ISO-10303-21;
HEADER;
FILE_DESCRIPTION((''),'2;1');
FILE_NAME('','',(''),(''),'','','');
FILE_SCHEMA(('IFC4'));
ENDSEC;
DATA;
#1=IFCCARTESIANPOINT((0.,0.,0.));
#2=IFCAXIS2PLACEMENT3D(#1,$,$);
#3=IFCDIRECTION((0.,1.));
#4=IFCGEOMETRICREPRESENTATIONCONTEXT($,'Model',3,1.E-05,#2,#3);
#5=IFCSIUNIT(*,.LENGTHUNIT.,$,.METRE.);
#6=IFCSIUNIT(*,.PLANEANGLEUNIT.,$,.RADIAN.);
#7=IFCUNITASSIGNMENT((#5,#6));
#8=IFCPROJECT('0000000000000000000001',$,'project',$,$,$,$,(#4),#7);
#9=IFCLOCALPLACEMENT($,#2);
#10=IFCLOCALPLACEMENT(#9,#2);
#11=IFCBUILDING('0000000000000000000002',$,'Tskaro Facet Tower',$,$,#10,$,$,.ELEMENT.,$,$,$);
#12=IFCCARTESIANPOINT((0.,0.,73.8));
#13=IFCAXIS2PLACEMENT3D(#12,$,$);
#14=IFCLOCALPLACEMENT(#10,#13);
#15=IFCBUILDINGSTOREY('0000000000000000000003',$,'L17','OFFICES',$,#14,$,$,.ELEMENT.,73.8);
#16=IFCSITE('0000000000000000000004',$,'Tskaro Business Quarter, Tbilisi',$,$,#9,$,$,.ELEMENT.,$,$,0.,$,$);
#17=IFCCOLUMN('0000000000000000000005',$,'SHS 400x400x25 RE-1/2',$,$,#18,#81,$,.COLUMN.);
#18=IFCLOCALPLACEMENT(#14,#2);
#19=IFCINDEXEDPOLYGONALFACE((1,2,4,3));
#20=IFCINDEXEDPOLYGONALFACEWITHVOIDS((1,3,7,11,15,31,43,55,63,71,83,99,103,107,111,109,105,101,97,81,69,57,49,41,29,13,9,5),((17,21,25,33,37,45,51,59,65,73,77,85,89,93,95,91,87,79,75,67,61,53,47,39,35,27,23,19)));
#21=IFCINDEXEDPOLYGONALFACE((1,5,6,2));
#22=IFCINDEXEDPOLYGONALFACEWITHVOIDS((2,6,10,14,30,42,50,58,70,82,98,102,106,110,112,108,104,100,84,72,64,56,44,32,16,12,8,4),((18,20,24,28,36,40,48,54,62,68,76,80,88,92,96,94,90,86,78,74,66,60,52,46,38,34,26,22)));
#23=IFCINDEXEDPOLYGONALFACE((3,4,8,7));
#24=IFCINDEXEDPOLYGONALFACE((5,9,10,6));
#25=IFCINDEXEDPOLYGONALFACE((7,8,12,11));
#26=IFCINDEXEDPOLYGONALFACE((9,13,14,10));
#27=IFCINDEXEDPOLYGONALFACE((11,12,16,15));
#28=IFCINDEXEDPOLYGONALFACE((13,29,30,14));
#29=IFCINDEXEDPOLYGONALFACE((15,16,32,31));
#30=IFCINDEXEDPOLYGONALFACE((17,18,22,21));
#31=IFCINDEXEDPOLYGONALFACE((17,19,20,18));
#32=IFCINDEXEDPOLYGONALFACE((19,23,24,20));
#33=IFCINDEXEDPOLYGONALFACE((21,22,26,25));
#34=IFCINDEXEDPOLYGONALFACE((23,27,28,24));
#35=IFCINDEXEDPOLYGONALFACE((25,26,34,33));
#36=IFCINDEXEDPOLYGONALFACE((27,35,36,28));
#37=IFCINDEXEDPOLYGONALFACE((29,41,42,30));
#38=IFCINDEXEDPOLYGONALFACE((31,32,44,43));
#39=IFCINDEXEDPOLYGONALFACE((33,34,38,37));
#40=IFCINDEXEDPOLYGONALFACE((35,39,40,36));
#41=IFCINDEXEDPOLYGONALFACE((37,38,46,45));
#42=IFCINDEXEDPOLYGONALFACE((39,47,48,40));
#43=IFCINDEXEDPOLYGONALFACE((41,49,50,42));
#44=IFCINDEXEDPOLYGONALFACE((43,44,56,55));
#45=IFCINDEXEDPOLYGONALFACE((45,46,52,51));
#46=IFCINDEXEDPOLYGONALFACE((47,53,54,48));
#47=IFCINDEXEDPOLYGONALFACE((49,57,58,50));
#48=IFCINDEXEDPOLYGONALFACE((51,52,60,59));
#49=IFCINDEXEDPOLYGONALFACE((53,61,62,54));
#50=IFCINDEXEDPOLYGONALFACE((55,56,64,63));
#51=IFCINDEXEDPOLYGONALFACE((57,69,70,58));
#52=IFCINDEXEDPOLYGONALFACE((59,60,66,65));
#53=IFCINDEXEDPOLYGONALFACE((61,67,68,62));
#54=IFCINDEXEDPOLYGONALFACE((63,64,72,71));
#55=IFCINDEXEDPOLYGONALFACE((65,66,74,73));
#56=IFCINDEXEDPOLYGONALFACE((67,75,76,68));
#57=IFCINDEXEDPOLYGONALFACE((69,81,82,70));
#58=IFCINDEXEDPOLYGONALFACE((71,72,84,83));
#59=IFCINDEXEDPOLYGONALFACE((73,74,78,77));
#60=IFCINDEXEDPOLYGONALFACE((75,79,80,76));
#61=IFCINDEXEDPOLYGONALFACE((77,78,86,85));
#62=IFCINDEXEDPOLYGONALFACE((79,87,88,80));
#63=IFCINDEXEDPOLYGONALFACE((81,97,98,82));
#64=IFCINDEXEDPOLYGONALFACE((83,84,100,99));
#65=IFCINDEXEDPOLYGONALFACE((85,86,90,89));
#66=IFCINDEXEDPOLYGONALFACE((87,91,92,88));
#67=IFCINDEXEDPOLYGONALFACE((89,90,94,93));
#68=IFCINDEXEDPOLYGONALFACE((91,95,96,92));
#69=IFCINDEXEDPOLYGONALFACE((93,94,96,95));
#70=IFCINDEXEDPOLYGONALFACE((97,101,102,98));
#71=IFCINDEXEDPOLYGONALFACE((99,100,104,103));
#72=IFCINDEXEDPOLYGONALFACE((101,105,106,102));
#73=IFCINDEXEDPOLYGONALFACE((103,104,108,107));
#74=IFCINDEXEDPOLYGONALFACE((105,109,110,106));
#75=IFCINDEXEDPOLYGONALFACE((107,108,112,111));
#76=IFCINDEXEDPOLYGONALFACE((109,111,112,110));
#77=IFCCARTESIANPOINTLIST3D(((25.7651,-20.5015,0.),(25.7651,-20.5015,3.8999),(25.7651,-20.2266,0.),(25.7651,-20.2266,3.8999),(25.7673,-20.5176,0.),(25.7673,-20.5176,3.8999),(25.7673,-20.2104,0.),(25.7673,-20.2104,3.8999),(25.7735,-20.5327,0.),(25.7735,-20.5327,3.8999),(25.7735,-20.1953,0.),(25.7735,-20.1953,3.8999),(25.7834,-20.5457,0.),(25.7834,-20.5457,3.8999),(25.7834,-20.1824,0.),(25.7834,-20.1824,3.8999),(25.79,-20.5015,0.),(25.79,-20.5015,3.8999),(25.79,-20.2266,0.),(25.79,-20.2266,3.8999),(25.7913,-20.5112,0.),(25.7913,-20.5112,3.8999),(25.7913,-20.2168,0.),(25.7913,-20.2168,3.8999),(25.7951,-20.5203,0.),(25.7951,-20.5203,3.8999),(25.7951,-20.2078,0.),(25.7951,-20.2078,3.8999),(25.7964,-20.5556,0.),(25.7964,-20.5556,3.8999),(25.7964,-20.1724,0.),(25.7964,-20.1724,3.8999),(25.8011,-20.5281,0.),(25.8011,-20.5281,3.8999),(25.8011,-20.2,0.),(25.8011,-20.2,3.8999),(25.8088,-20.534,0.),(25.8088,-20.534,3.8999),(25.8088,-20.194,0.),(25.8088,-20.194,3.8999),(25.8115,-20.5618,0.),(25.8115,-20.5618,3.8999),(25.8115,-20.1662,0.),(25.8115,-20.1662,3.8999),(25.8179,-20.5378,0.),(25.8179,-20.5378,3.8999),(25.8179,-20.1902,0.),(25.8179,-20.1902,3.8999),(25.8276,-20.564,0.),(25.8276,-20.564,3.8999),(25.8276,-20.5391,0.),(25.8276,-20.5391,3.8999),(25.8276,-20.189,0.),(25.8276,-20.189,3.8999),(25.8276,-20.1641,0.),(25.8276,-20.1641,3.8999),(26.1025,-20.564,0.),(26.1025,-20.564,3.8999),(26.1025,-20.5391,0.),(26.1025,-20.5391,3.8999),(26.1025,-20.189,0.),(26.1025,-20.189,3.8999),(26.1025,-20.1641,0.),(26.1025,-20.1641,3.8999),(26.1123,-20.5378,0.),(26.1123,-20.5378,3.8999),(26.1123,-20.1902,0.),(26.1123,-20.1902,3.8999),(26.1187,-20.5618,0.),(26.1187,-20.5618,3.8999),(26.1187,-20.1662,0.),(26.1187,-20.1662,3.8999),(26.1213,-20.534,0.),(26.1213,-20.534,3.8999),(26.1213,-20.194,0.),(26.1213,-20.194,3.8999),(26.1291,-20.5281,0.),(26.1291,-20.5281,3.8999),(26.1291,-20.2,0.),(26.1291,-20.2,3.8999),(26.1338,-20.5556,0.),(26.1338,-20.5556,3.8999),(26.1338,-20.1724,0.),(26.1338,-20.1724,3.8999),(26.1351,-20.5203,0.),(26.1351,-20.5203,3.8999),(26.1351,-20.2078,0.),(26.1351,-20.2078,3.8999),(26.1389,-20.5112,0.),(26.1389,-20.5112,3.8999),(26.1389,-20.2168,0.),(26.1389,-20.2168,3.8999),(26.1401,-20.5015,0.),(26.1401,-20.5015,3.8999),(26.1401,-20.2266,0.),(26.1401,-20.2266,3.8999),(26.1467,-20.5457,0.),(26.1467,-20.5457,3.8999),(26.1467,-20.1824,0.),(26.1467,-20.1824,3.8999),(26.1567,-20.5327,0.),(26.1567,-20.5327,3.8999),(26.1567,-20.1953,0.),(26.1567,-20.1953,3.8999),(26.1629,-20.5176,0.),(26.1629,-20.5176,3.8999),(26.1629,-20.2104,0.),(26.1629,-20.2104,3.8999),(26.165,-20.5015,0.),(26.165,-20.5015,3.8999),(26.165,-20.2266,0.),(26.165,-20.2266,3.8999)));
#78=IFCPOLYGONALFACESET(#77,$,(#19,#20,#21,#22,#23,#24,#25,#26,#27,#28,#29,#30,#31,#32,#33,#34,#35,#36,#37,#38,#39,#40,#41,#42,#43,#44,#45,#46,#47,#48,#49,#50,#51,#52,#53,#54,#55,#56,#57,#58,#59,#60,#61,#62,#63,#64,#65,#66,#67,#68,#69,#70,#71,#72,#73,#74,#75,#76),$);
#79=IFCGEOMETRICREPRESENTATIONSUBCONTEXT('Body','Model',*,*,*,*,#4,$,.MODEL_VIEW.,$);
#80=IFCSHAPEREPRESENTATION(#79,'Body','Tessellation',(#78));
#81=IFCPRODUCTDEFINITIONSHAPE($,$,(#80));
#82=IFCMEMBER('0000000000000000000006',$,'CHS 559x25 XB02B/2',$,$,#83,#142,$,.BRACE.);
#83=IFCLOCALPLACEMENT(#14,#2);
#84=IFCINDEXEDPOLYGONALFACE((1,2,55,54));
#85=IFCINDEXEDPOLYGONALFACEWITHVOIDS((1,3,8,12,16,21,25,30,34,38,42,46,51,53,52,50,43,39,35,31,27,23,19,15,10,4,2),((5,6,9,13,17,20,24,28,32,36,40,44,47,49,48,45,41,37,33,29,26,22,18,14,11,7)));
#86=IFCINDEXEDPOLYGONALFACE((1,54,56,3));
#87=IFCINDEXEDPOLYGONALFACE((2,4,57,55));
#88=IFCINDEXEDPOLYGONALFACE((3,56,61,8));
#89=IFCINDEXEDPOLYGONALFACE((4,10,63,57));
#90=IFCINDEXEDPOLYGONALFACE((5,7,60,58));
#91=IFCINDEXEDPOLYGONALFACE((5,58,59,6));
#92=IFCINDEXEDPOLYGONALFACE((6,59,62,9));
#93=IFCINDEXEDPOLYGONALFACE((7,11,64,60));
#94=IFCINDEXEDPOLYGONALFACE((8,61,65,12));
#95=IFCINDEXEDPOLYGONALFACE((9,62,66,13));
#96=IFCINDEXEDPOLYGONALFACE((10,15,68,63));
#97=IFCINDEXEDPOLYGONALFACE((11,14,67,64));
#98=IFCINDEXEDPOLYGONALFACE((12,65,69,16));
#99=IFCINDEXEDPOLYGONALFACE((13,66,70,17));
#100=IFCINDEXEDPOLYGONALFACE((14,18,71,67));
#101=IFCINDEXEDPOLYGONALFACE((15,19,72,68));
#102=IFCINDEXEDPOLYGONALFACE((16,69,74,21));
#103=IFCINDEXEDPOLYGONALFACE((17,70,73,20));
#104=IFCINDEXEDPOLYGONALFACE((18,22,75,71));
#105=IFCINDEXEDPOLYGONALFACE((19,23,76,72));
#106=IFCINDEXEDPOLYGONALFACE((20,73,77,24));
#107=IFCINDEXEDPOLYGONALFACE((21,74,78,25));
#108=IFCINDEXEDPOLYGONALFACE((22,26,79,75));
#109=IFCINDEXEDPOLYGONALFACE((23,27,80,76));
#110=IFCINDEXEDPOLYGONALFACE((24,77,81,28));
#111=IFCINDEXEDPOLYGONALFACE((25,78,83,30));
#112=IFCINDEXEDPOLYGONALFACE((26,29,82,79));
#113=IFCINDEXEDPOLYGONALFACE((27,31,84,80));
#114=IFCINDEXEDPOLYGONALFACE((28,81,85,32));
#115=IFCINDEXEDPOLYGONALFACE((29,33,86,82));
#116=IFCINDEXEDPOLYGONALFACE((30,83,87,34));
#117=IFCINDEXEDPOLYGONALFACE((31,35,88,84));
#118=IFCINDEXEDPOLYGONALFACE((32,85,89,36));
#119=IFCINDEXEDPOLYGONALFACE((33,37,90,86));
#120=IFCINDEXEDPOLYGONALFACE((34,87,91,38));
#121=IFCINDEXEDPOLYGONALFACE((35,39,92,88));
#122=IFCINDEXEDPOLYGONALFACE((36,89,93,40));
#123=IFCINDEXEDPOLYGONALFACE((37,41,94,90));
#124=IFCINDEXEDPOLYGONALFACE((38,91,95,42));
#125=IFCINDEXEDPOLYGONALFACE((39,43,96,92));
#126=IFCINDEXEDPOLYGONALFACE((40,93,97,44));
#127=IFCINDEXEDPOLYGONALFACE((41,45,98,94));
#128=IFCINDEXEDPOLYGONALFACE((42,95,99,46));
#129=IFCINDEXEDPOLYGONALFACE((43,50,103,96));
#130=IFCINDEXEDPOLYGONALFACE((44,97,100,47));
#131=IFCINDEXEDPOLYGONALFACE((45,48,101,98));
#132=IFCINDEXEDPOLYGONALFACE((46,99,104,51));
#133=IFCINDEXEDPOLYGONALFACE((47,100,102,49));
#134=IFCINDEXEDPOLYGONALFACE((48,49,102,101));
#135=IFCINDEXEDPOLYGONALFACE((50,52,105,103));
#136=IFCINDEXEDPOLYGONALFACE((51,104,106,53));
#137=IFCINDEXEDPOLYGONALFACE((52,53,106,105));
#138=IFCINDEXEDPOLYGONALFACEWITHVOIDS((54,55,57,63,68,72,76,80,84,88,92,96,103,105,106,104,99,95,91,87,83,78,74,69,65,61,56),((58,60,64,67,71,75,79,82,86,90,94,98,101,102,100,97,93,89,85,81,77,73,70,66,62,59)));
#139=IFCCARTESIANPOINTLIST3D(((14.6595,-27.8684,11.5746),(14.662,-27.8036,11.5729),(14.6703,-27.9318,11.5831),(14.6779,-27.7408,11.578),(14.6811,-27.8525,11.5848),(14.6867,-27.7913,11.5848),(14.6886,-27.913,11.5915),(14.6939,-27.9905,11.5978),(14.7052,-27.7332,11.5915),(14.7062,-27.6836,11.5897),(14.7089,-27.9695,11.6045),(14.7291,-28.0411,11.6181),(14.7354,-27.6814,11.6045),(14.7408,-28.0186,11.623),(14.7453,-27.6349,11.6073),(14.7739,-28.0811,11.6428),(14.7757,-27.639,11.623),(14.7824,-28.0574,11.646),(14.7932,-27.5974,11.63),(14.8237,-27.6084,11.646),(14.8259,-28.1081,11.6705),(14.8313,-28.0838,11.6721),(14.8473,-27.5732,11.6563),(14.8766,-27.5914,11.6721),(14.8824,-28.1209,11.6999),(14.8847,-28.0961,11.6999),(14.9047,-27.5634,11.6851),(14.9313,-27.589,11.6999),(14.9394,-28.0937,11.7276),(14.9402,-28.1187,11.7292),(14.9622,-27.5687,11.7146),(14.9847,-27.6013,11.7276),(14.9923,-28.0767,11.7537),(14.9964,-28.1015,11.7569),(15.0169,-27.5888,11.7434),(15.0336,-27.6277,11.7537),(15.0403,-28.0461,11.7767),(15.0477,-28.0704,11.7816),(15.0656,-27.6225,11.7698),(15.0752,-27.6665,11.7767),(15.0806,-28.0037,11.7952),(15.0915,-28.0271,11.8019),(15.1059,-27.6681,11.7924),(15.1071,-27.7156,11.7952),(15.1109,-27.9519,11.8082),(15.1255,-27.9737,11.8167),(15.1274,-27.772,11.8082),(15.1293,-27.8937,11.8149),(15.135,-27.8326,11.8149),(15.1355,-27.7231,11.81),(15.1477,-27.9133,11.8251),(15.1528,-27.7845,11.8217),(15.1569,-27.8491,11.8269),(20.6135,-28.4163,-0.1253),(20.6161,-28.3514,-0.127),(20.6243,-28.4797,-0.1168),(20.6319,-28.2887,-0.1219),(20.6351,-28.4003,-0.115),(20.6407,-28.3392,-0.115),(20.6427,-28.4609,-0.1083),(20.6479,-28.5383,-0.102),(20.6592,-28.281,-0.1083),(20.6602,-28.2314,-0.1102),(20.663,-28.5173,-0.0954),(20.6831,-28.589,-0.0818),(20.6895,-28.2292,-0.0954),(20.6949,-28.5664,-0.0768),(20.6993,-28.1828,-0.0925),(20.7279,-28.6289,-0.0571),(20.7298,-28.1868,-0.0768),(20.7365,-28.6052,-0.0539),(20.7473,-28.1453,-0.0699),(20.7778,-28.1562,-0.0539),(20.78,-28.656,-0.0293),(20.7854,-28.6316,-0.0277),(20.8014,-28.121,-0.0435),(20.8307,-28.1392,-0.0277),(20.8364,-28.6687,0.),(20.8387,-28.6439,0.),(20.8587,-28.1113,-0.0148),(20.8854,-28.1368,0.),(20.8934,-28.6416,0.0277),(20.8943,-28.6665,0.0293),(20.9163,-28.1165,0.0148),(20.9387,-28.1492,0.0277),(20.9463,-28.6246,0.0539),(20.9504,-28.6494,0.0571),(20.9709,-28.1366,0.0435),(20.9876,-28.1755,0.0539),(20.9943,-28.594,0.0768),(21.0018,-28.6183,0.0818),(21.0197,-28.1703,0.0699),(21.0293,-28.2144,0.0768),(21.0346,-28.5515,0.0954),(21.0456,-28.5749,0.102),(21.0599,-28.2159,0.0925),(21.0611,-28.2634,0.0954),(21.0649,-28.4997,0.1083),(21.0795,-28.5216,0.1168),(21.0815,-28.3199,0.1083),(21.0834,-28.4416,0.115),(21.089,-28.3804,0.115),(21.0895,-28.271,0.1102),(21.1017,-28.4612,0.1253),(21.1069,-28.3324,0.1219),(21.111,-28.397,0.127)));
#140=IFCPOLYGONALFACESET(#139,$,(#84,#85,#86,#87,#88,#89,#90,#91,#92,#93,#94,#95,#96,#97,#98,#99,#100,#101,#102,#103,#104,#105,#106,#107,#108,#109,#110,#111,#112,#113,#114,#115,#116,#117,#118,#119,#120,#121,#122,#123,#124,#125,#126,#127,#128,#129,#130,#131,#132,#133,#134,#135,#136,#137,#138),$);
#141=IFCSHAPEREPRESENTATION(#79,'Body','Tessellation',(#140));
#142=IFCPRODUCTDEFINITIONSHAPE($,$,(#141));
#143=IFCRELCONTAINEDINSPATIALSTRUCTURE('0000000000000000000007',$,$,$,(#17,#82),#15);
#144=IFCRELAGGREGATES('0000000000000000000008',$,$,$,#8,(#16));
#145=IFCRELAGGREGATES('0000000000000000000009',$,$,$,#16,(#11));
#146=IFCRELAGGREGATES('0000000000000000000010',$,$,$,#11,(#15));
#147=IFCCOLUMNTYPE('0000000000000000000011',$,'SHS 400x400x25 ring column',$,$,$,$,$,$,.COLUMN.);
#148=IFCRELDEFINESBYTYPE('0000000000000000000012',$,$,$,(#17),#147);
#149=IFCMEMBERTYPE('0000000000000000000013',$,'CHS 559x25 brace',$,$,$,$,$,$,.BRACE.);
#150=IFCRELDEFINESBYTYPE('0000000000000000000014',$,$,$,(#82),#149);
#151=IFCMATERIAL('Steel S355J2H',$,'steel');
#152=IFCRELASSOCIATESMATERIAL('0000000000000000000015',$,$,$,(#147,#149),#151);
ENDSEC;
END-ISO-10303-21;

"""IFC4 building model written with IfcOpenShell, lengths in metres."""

from ifc_helpers import new_model, si_unit, direction, frame, origin, origin_2d, place, context, subcontext, project, spatial, hollow_rectangle, hollow_circle, extrude, material, material_profile, profile_set, type_object, element, save


model = new_model("IFC4")

# Units and contexts
model_context = context("Model", 3, precision=1e-05, world=origin(), true_north=direction((0.0, 1.0)))
body_context = subcontext(model_context, "Body", "Model", "MODEL_VIEW")
ifc_project = project(units=[si_unit("LENGTHUNIT", "METRE"), si_unit("PLANEANGLEUNIT", "RADIAN")], contexts=[model_context])

# Site, building, storey
site_placement = place(None, origin())
site = spatial("IfcSite", under=ifc_project, at=site_placement, Name="Tskaro Business Quarter, Tbilisi", CompositionType="ELEMENT", RefElevation=0.0)
building_placement = place(site_placement, origin())
building = spatial("IfcBuilding", under=site, at=building_placement, Name="Tskaro Facet Tower", CompositionType="ELEMENT")
storey_placement = place(building_placement, frame((0.0, 0.0, 73.8)))
storey = spatial("IfcBuildingStorey", under=building, at=storey_placement, Name="L17", Description="OFFICES", CompositionType="ELEMENT", Elevation=73.8)

# Column
ifc_material_1 = material(Name="Steel S355J2H", Category="steel")
ifc_material_profile_1 = material_profile(ifc_material_1, hollow_rectangle(XDim=0.3999, YDim=0.3999, WallThickness=0.0249, InnerFilletRadius=0.0376, OuterFilletRadius=0.0625, at=origin_2d()), Name="SHS 400x400x25")
ifc_profile_set_1 = profile_set([ifc_material_profile_1], Name="Steel S355J2H")
column_type_1 = type_object("IfcColumnType", Name="SHS 400x400x25 ring column", PredefinedType="COLUMN", material=ifc_profile_set_1)
for number, where, z_axis, x_axis, name in (
    (1, (25.9651, -20.364, 0.0), (0.0, 0.0, 1.0), (1.0, 0.0, 0.0), "SHS 400x400x25 RE-1/2"),
):
    element("IfcColumn", number, at=place(storey_placement, frame(where, z_axis=z_axis, x_axis=x_axis)), inside=storey, type_object=column_type_1, Name=name, PredefinedType="COLUMN", context=body_context, shape_type="SweptSolid", body=[
        extrude(hollow_rectangle(XDim=0.3999, YDim=0.3999, WallThickness=0.0249, InnerFilletRadius=0.0376, OuterFilletRadius=0.0625, at=origin_2d()), origin(), (0.0, 0.0, 1.0), 3.8999),
    ])

# Member
ifc_material_profile_2 = material_profile(ifc_material_1, hollow_circle(Radius=0.2795, WallThickness=0.0249, at=origin_2d()), Name="CHS 559x25")
ifc_profile_set_2 = profile_set([ifc_material_profile_2], Name="Steel S355J2H")
member_type_1 = type_object("IfcMemberType", Name="CHS 559x25 brace", PredefinedType="BRACE", material=ifc_profile_set_2)
member_1_placement = place(storey_placement, frame((20.8621, -28.3904, 0.0), z_axis=(-0.453153, 0.041696, 0.890457), x_axis=(-0.091625, -0.995794, 0.0)))
element("IfcMember", 2, at=member_1_placement, inside=storey, type_object=member_type_1, Name="CHS 559x25 XB02B/2", PredefinedType="BRACE", context=body_context, shape_type="SweptSolid", body=[
    extrude(hollow_circle(Radius=0.2795, WallThickness=0.0249, at=origin_2d()), origin(), (0.0, 0.0, 1.0), 13.1392),
])

save(model, "model.ifc")
